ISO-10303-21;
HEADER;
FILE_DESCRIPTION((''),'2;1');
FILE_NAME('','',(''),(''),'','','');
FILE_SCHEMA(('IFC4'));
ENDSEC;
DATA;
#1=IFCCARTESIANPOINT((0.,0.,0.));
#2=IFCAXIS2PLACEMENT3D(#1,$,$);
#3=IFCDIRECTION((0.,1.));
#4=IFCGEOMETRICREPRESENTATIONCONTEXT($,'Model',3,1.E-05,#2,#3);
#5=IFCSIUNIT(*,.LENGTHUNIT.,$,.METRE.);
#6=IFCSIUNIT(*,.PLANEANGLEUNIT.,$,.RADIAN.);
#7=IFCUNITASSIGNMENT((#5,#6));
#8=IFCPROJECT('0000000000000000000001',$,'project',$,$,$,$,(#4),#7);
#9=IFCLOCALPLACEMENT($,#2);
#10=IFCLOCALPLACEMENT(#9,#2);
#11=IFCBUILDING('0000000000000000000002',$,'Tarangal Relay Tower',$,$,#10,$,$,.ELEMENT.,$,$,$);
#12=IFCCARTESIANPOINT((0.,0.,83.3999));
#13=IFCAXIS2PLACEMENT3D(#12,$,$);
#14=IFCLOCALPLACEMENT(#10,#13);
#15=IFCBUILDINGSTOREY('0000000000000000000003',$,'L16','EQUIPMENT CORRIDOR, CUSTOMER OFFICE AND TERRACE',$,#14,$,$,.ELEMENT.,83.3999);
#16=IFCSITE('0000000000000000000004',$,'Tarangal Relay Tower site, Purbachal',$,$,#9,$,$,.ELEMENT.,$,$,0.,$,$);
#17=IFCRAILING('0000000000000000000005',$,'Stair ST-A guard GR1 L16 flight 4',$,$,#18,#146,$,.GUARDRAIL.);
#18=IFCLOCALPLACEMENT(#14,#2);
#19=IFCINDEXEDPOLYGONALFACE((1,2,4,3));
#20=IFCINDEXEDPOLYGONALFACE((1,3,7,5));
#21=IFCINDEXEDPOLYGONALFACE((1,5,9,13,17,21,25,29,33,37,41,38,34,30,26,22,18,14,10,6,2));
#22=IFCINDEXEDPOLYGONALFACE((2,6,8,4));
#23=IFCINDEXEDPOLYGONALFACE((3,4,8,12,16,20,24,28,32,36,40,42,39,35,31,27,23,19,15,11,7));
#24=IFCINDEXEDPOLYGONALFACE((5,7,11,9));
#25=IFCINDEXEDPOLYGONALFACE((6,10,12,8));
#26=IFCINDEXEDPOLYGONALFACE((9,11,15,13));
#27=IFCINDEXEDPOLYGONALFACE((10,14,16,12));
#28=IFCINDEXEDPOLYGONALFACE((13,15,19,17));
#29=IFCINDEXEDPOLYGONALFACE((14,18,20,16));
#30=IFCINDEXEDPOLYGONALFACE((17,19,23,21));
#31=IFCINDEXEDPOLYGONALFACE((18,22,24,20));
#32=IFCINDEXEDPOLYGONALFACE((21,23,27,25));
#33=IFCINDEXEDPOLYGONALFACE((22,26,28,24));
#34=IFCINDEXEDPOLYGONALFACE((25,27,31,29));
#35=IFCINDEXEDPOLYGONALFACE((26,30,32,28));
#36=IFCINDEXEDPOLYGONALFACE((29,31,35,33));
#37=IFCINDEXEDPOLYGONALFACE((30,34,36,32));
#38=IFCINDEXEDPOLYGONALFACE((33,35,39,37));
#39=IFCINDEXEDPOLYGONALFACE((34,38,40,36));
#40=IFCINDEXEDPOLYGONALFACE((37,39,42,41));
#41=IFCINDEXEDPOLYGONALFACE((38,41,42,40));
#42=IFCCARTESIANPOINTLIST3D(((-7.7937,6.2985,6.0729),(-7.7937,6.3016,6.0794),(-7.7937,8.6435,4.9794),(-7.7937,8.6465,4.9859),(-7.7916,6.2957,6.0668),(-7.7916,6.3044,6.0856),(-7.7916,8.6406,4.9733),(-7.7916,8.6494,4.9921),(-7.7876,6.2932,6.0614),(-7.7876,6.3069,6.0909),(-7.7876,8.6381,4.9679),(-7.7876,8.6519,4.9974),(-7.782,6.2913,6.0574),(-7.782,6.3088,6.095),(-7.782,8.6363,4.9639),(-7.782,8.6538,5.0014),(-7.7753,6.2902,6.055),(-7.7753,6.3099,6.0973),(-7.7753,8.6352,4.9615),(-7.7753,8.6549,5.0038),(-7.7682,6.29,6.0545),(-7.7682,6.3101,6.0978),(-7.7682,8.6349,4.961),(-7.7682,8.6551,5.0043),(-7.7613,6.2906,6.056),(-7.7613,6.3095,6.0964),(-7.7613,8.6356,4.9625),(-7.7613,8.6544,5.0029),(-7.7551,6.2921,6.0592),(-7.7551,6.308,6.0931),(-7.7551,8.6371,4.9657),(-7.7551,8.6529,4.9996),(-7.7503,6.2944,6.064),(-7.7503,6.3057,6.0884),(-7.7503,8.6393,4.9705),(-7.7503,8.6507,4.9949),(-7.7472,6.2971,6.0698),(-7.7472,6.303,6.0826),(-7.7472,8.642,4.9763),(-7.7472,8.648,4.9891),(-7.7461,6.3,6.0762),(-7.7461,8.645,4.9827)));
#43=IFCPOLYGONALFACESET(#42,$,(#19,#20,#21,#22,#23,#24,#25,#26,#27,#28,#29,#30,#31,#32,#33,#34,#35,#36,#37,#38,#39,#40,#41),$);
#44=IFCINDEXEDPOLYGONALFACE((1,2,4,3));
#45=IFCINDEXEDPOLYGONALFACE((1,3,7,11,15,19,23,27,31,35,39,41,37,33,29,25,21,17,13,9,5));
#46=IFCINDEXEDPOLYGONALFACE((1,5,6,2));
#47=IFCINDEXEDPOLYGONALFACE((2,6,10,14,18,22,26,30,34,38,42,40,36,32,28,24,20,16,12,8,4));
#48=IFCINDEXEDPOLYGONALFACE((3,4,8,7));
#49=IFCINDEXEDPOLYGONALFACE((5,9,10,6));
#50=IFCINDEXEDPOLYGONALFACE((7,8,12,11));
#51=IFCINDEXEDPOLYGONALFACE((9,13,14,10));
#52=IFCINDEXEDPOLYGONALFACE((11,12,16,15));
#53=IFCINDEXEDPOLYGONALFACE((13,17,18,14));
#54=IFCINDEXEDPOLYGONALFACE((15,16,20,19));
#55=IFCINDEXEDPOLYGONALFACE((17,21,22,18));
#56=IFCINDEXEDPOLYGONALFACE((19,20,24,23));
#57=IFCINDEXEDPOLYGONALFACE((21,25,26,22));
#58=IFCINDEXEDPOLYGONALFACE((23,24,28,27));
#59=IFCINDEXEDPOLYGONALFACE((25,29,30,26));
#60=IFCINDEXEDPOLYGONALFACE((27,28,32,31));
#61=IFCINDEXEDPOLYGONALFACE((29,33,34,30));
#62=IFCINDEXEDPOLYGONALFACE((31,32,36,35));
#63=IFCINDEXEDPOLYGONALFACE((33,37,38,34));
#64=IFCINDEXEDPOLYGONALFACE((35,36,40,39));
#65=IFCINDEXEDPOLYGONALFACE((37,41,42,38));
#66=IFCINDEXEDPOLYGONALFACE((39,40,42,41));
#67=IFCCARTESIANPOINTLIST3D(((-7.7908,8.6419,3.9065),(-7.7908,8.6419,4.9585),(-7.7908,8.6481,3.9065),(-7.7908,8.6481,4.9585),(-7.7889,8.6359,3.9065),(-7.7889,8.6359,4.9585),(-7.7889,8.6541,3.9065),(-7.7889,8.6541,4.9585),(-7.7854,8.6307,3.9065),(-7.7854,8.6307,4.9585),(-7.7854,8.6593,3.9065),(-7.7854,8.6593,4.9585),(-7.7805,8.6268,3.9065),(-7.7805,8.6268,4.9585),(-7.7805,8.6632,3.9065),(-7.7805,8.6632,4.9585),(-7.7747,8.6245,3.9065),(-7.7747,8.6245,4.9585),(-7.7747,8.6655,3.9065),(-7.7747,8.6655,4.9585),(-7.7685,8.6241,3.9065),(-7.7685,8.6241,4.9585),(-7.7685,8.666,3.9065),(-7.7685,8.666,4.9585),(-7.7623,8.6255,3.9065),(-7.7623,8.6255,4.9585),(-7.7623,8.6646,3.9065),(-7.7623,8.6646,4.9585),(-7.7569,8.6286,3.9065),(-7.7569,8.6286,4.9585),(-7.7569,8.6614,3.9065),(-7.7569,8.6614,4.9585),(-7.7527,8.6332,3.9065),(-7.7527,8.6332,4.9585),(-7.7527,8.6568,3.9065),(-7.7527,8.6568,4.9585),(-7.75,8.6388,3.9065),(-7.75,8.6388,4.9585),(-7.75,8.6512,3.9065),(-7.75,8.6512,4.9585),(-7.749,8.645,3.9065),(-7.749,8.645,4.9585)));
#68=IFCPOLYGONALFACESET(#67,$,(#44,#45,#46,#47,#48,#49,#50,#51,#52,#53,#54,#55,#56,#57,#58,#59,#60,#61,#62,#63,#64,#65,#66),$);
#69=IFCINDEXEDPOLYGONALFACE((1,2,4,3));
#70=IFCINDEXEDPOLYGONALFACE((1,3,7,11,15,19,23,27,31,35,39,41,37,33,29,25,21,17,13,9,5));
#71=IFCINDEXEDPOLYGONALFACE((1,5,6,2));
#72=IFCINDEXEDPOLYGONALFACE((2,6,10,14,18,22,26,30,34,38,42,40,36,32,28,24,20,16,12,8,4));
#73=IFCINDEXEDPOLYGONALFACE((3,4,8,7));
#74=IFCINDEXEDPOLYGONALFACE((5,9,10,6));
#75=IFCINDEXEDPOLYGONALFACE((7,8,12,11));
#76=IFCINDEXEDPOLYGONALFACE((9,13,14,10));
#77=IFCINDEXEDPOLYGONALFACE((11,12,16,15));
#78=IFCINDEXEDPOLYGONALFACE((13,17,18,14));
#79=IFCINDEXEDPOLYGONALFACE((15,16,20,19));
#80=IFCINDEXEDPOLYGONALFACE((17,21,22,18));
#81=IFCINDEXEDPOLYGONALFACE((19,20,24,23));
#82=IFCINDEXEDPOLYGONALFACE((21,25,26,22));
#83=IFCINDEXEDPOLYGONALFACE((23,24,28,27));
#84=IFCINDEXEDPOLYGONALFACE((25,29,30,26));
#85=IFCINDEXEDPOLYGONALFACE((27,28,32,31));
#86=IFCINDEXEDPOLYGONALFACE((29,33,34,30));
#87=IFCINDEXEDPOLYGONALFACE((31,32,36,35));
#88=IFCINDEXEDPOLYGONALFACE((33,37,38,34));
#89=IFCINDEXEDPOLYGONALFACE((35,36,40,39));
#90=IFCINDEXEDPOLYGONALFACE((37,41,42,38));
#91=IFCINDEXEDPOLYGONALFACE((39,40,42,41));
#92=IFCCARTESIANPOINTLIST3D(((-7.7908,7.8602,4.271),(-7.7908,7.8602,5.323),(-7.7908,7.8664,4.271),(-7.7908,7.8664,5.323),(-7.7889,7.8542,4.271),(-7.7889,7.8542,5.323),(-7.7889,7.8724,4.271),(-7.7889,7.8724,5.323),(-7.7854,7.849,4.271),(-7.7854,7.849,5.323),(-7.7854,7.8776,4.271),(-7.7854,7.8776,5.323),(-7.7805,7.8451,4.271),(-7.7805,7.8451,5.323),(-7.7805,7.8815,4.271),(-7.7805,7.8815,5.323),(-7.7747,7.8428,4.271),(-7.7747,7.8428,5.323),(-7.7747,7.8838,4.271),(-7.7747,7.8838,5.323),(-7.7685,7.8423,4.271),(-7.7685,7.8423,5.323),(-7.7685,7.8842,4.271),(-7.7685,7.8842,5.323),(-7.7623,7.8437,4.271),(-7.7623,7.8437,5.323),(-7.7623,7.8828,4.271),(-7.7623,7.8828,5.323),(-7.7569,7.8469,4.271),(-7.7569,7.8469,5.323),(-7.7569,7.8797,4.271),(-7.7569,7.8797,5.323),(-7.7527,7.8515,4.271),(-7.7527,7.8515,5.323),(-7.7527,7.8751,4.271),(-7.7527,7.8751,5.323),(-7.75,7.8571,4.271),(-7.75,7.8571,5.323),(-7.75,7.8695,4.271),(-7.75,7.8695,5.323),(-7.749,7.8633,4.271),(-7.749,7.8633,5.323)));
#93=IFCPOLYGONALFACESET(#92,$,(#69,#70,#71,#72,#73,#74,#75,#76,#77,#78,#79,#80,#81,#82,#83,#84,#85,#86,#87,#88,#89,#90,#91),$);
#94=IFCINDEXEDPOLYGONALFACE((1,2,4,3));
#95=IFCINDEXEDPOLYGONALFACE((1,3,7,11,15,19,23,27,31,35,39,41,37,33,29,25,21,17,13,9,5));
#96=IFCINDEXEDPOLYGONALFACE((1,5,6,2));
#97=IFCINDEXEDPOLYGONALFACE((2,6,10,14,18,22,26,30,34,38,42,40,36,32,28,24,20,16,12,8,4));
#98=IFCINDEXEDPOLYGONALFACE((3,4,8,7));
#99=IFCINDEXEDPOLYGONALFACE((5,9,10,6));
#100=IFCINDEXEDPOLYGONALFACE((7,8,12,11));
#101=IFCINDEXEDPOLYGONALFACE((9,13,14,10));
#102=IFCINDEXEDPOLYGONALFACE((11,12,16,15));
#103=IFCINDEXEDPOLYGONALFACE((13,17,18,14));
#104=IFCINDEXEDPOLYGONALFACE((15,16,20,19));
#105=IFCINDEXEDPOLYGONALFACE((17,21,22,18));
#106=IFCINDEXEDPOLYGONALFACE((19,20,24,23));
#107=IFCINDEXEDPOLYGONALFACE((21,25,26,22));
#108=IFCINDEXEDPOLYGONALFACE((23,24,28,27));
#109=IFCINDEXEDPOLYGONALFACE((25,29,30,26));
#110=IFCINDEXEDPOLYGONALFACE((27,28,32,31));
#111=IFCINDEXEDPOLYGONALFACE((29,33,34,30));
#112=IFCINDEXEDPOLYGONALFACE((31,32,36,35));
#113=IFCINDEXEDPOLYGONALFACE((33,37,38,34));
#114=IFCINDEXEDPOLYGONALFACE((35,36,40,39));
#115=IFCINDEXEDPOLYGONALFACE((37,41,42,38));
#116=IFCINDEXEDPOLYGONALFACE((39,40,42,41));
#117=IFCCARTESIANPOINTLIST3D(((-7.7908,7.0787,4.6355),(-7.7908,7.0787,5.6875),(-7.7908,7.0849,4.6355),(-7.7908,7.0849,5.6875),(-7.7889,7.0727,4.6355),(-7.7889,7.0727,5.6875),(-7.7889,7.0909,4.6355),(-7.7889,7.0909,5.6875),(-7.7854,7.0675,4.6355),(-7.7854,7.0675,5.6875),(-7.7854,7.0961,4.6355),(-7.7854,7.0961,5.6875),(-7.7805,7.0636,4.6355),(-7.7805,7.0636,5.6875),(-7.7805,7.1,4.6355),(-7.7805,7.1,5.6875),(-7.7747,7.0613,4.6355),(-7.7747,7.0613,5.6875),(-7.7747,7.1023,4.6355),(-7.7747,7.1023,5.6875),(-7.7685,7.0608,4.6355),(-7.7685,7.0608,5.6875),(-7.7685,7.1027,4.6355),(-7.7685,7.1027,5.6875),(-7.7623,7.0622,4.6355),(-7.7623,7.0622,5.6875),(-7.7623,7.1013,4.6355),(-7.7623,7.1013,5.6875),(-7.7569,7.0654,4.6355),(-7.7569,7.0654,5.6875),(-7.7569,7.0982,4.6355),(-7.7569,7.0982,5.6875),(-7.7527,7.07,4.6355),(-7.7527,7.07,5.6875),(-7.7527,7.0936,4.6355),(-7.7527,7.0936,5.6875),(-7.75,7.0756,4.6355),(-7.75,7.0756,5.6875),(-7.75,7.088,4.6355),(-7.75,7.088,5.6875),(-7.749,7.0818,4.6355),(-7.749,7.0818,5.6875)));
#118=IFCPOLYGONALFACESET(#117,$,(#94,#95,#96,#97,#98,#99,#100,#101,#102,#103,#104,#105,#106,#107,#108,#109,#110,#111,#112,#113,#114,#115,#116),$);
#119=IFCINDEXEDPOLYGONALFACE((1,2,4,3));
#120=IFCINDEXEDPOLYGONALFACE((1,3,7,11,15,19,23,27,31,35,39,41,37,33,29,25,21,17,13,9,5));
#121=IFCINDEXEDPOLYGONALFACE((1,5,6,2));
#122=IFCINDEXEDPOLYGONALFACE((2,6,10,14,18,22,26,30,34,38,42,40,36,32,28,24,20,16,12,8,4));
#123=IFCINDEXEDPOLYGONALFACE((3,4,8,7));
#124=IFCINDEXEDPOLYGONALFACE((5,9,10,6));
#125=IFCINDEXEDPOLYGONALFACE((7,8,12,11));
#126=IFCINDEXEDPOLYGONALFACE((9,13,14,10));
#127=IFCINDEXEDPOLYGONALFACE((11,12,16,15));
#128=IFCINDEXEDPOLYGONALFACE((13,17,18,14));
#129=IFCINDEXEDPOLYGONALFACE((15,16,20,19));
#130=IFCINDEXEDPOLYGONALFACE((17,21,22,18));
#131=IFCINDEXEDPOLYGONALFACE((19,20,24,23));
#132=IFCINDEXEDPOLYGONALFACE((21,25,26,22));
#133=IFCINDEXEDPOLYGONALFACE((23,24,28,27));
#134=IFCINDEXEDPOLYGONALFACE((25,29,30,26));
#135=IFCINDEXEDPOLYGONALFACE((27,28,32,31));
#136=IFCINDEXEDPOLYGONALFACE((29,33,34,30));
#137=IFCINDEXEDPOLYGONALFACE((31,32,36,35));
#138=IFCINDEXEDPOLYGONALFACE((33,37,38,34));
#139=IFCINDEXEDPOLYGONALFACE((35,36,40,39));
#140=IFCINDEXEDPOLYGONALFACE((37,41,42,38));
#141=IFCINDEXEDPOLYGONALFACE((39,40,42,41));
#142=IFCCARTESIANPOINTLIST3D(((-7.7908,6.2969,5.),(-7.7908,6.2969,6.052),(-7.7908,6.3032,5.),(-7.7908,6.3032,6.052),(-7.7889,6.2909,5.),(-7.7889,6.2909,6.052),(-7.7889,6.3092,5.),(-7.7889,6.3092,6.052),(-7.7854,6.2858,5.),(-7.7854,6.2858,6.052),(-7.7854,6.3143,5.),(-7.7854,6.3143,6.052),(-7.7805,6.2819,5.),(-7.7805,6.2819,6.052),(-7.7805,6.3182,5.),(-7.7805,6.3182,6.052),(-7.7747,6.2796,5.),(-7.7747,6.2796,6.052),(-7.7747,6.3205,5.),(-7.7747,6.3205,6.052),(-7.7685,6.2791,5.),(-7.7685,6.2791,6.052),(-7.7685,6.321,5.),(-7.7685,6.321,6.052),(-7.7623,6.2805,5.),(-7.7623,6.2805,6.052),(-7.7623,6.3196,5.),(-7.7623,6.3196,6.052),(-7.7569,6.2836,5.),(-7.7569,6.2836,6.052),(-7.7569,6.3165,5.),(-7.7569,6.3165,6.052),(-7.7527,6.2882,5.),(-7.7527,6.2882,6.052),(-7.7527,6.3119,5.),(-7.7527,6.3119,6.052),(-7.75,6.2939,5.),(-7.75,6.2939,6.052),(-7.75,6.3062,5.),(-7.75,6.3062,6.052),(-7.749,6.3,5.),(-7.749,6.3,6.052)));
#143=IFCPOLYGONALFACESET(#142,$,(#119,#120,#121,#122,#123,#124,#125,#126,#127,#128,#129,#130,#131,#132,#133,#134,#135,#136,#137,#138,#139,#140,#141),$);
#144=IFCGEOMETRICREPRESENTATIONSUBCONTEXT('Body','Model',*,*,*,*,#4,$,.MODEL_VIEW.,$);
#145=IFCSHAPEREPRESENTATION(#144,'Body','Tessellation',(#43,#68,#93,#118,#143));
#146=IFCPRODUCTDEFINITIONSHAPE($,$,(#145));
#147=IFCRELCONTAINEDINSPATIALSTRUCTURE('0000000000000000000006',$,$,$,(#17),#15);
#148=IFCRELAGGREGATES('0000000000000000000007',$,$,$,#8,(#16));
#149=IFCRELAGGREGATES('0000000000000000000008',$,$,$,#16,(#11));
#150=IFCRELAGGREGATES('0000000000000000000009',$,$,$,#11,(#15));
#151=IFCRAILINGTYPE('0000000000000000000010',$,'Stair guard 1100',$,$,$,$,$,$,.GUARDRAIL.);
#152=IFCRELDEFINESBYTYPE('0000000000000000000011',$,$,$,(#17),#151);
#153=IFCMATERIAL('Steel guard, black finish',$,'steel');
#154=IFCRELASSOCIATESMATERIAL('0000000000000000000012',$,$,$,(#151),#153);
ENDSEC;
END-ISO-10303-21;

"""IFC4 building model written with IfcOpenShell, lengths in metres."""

from ifc_helpers import new_model, si_unit, direction, frame, origin, origin_2d, place, context, subcontext, project, spatial, circle, extrude, material, type_object, element, save


model = new_model("IFC4")

# Units and contexts
model_context = context("Model", 3, precision=1e-05, world=origin(), true_north=direction((0.0, 1.0)))
body_context = subcontext(model_context, "Body", "Model", "MODEL_VIEW")
ifc_project = project(units=[si_unit("LENGTHUNIT", "METRE"), si_unit("PLANEANGLEUNIT", "RADIAN")], contexts=[model_context])

# Site, building, storey
site_placement = place(None, origin())
site = spatial("IfcSite", under=ifc_project, at=site_placement, Name="Tarangal Relay Tower site, Purbachal", CompositionType="ELEMENT", RefElevation=0.0)
building_placement = place(site_placement, origin())
building = spatial("IfcBuilding", under=site, at=building_placement, Name="Tarangal Relay Tower", CompositionType="ELEMENT")
storey_placement = place(building_placement, frame((0.0, 0.0, 83.3999)))
storey = spatial("IfcBuildingStorey", under=building, at=storey_placement, Name="L16", Description="EQUIPMENT CORRIDOR, CUSTOMER OFFICE AND TERRACE", CompositionType="ELEMENT", Elevation=83.3999)

# Railing
ifc_material_1 = material(Name="Steel guard, black finish", Category="steel")
railing_type_1 = type_object("IfcRailingType", Name="Stair guard 1100", PredefinedType="GUARDRAIL", material=ifc_material_1)
for number, where, name in (
    (1, (-7.77, 8.645, 3.9065), "Stair ST-A guard GR1 L16 flight 4"),
):
    element("IfcRailing", number, at=place(storey_placement, frame(where)), inside=storey, type_object=railing_type_1, Name=name, PredefinedType="GUARDRAIL", context=body_context, shape_type="SweptSolid", body=[
        extrude(circle(Radius=0.0239, at=origin_2d()), frame((0.0, 0.0, 1.0762), z_axis=(0.0, -0.906304, 0.422627), x_axis=(1.0, 0.0, 0.0)), (0.0, 0.0, 1.0), 2.5874),
        extrude(circle(Radius=0.021, at=origin_2d()), origin(), (0.0, 0.0, 1.0), 1.052),
        extrude(circle(Radius=0.021, at=origin_2d()), frame((0.0, -0.7817, 0.3645)), (0.0, 0.0, 1.0), 1.052),
        extrude(circle(Radius=0.021, at=origin_2d()), frame((0.0, -1.5632, 0.729)), (0.0, 0.0, 1.0), 1.052),
        extrude(circle(Radius=0.021, at=origin_2d()), frame((0.0, -2.345, 1.0935)), (0.0, 0.0, 1.0), 1.052),
    ])

save(model, "model.ifc")
